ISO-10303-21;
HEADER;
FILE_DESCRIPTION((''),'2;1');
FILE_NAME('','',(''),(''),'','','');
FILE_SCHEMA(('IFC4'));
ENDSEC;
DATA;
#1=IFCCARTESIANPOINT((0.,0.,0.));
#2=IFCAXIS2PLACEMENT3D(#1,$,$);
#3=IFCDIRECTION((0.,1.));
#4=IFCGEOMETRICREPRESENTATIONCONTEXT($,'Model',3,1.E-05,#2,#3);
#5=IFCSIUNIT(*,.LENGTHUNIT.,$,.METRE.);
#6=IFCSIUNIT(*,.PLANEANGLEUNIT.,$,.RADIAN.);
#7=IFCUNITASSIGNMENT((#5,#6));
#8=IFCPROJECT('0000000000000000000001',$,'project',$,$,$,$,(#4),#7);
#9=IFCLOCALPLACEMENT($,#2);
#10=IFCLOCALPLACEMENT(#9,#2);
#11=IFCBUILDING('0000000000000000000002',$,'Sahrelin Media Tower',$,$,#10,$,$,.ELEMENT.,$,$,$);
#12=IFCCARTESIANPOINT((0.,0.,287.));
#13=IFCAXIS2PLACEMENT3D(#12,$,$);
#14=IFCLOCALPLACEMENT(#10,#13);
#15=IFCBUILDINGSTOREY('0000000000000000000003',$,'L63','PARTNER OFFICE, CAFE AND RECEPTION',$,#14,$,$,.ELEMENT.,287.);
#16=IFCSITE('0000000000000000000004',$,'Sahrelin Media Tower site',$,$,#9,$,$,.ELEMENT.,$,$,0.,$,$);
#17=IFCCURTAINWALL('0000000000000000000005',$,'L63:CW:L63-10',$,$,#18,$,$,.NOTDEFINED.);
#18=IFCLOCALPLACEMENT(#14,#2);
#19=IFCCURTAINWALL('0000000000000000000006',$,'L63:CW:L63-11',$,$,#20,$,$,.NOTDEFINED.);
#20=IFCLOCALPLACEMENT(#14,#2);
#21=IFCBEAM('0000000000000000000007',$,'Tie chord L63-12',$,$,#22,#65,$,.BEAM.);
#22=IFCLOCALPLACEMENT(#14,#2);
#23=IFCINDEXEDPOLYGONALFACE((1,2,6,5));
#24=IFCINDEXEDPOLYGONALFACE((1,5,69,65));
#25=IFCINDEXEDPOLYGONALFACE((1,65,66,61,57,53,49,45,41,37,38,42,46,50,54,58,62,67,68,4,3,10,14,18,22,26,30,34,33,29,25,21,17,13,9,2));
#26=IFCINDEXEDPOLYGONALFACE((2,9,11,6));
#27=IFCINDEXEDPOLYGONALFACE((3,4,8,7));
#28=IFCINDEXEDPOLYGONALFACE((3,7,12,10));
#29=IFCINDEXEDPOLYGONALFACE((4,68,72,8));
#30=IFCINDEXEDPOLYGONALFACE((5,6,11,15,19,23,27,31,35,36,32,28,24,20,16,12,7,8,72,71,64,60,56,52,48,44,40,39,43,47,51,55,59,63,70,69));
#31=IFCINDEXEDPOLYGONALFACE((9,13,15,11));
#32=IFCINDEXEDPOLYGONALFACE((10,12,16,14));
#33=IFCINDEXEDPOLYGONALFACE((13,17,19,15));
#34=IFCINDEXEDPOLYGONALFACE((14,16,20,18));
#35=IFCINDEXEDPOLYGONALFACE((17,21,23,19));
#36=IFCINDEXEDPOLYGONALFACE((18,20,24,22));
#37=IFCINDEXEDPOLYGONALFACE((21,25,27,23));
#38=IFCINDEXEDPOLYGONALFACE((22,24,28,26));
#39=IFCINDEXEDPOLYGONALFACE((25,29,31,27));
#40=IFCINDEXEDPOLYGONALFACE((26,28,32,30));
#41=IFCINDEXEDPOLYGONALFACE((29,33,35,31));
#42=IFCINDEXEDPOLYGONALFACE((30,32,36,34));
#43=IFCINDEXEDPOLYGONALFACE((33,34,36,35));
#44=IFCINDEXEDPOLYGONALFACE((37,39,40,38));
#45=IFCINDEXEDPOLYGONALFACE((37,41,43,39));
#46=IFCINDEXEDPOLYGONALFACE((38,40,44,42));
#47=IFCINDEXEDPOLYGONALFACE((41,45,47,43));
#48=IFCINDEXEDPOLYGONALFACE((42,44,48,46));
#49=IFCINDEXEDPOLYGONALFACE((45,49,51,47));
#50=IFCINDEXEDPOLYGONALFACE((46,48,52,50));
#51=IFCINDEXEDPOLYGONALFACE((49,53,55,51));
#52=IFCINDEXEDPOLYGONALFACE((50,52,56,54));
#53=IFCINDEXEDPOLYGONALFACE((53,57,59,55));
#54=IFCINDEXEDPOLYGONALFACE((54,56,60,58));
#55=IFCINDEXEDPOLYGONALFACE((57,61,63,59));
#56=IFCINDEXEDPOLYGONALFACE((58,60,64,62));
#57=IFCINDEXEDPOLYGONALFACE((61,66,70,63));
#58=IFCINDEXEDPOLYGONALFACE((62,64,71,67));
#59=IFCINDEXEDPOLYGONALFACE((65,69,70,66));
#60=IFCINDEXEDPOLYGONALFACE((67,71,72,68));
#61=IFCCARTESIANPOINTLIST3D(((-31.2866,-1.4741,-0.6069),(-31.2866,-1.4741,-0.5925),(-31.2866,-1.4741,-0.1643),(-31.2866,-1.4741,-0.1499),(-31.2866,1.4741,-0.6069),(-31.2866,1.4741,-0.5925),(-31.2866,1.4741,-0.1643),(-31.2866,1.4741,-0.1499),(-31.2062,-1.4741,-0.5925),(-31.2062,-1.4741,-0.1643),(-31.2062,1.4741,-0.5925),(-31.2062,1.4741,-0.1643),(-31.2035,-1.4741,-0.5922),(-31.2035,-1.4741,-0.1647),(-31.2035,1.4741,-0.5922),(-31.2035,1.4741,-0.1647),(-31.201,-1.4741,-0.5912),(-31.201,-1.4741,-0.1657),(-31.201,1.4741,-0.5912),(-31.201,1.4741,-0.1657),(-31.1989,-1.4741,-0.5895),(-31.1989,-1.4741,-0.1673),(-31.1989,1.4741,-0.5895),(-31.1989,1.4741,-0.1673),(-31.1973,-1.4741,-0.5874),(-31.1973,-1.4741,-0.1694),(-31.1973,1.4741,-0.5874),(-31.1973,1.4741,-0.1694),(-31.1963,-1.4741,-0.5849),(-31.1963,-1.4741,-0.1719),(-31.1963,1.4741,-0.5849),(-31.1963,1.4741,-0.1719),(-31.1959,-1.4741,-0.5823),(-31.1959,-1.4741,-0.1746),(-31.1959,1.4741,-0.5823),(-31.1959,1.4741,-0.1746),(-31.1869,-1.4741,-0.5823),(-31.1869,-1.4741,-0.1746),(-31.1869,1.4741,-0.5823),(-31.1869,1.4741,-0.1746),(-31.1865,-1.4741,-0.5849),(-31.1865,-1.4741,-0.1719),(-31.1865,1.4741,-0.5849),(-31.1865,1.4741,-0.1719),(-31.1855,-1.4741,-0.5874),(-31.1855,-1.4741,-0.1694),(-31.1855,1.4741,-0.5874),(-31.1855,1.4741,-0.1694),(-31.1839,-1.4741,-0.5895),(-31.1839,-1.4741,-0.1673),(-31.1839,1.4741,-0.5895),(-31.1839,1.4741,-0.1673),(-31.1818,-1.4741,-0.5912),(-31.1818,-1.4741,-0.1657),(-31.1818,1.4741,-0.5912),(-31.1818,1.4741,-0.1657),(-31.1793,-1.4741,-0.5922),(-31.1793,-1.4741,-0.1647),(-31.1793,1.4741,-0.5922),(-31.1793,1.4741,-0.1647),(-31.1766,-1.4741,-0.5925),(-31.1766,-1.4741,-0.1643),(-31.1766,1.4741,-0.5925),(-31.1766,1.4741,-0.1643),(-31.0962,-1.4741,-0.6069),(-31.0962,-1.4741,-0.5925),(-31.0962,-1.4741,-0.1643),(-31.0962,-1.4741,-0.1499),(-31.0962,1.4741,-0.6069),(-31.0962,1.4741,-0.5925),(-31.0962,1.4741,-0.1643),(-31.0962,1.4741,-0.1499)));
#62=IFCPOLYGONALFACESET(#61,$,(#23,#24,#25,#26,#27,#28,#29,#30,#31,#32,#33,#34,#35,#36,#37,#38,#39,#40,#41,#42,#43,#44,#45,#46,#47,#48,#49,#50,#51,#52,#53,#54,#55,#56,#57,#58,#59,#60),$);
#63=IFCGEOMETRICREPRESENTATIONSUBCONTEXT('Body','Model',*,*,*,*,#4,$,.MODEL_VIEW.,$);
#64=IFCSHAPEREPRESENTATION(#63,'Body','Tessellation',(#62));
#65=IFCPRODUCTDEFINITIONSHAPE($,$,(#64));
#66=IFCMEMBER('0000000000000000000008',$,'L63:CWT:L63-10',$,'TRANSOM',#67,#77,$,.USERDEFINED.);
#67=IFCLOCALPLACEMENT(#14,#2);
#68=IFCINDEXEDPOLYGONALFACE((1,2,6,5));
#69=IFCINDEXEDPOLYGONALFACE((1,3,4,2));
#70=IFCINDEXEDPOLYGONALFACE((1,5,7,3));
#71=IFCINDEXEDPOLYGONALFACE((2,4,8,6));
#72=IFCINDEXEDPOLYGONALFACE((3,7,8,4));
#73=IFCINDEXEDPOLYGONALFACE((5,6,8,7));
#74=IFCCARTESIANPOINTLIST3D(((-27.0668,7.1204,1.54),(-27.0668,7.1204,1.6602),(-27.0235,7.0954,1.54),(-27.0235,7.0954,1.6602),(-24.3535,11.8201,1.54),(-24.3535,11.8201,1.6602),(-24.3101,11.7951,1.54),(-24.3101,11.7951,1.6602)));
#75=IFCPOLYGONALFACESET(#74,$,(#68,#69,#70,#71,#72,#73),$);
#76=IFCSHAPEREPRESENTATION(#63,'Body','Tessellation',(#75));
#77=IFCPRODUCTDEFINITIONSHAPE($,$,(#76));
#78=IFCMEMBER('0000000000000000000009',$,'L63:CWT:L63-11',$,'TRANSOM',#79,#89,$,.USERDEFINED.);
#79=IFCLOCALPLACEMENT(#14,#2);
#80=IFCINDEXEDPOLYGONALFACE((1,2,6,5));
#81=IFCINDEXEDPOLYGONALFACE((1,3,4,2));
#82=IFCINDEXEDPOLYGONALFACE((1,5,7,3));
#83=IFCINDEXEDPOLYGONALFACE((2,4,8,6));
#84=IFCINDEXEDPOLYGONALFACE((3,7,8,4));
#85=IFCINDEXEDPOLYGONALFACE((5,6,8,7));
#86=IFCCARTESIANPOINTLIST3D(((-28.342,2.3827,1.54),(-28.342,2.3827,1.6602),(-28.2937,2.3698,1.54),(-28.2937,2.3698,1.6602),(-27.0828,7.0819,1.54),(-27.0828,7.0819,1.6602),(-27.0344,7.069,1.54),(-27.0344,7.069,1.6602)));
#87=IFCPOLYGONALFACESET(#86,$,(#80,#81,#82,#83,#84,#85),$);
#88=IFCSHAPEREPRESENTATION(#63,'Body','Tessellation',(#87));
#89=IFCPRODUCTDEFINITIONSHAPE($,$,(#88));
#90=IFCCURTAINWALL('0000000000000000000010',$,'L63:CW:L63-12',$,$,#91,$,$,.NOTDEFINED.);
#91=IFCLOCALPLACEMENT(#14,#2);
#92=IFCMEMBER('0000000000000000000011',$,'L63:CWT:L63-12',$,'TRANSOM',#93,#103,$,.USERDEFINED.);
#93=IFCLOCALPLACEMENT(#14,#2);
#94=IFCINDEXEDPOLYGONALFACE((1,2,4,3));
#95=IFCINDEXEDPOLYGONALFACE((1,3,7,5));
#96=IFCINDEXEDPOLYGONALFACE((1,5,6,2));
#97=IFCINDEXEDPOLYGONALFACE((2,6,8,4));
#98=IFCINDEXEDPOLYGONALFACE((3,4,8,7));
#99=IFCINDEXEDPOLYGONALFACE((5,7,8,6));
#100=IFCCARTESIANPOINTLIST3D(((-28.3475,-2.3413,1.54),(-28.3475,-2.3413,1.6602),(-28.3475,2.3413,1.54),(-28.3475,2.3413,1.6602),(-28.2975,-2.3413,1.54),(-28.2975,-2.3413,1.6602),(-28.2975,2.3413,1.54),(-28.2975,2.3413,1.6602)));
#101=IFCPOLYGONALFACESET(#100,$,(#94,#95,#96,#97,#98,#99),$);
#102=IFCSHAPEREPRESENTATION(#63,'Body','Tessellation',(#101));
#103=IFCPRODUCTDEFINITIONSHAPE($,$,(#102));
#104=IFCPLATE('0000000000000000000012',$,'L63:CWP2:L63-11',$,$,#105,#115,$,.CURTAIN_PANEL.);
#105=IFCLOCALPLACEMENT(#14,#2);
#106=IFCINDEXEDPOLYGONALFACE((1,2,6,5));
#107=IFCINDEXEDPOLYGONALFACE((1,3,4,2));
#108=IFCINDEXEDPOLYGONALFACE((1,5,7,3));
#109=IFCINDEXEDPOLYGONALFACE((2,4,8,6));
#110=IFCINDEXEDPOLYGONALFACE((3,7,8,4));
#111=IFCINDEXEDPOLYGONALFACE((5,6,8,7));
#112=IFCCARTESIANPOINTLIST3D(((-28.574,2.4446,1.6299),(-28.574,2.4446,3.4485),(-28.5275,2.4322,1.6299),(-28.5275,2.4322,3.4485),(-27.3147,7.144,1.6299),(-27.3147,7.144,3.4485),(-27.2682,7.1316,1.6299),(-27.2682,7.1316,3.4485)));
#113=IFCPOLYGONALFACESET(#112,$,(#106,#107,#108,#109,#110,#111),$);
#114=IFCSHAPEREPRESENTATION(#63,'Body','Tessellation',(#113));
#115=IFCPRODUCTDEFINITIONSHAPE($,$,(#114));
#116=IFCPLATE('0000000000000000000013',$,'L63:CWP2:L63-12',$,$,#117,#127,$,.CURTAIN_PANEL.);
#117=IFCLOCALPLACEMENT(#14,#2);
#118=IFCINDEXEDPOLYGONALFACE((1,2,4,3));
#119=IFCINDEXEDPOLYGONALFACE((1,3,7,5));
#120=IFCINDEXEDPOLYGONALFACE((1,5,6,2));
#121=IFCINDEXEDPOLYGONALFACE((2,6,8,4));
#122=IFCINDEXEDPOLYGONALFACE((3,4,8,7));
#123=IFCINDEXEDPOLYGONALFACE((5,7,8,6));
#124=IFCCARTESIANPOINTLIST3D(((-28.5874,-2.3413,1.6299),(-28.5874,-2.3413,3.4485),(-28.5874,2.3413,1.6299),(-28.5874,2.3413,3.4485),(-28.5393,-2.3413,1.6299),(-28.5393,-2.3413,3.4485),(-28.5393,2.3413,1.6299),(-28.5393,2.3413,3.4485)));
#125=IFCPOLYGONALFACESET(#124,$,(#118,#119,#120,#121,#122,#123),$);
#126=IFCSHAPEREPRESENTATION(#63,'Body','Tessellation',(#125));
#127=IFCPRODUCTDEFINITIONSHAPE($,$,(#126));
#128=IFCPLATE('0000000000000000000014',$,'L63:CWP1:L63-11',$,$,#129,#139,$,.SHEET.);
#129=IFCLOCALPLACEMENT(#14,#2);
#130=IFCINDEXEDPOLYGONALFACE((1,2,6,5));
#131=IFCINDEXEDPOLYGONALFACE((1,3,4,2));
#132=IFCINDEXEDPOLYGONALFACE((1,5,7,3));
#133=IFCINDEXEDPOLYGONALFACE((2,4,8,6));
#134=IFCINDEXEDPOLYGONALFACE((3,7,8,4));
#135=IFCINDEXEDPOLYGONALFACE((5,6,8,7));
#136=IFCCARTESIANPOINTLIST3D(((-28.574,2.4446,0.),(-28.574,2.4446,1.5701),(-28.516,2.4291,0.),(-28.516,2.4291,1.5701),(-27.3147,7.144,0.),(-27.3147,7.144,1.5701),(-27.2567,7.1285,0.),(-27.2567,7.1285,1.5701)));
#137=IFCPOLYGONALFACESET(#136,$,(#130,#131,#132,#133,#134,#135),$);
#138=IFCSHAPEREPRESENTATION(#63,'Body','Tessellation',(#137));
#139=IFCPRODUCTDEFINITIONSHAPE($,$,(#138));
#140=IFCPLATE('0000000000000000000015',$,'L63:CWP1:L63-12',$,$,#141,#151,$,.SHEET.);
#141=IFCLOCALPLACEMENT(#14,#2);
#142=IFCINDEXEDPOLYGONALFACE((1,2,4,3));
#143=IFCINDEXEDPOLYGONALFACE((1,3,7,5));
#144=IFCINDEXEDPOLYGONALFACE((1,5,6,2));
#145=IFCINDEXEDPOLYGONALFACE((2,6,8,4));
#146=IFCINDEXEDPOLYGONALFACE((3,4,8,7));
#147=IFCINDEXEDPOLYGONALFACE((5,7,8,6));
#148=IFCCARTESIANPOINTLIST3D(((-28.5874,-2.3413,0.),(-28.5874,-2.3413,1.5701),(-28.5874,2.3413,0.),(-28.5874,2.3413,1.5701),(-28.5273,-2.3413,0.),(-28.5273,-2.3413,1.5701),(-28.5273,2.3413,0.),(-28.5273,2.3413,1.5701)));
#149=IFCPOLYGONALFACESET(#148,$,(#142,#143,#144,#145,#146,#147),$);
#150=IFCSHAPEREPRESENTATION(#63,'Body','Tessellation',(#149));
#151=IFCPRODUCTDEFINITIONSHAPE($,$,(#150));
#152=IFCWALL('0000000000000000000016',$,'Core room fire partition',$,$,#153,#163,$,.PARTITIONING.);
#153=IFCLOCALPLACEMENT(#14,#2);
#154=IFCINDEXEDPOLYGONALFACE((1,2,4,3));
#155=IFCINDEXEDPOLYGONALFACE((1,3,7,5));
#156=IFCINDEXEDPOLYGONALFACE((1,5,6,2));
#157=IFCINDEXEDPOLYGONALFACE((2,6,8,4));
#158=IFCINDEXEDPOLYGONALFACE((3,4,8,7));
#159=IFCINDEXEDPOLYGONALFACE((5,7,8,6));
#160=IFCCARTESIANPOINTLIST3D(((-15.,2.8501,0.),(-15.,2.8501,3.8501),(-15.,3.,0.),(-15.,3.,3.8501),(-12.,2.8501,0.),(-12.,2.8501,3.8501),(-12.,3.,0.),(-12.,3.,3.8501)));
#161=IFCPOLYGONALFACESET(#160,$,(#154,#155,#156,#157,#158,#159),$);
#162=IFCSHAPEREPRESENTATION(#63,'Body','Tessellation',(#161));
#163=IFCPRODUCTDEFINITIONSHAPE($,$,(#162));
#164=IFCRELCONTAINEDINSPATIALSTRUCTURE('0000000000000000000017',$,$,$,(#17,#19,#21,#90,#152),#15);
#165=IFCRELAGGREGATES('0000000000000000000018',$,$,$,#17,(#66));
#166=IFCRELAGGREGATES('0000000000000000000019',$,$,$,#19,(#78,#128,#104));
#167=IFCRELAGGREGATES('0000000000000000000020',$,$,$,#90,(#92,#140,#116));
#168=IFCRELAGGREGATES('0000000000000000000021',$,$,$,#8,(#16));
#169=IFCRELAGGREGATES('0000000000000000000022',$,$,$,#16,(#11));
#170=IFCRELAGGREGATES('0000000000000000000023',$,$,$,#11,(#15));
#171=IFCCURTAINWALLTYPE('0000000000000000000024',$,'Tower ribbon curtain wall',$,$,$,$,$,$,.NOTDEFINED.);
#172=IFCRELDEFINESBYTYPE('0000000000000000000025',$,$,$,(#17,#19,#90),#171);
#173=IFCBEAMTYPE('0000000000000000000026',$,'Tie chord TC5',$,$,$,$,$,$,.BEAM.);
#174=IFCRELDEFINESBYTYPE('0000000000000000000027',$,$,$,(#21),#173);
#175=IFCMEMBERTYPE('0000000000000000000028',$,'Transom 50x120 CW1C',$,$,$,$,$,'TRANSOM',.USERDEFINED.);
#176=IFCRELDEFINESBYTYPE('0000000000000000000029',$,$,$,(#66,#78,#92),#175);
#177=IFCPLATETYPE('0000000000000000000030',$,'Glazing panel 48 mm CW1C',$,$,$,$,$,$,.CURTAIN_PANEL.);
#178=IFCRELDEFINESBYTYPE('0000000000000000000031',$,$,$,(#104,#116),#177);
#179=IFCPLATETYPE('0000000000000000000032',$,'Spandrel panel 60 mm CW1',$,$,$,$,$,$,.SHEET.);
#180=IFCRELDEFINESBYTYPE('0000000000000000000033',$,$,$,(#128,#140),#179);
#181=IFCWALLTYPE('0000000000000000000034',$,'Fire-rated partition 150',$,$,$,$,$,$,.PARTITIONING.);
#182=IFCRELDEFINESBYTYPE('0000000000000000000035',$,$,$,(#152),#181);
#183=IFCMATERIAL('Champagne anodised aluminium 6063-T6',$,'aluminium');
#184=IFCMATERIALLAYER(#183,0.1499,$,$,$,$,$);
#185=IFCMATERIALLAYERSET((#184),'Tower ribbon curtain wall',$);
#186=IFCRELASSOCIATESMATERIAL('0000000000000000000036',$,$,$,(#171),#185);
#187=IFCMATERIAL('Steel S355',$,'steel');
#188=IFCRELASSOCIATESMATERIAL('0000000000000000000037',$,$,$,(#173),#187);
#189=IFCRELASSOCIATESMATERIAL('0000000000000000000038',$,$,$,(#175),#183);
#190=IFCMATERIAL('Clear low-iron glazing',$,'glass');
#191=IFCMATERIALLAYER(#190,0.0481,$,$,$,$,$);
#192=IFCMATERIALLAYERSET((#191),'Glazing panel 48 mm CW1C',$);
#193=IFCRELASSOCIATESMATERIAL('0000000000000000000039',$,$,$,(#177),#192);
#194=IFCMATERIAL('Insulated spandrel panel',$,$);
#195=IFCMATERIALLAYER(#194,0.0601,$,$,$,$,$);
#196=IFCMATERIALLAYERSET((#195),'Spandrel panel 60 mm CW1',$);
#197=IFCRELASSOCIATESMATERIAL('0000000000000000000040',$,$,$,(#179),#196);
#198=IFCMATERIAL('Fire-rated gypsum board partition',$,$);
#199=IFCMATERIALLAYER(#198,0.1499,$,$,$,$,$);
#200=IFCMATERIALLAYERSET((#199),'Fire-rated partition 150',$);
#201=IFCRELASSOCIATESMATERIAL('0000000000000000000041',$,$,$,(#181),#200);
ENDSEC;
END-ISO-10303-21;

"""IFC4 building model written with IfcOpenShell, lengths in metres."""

from ifc_helpers import new_model, si_unit, direction, frame, frame_2d, origin, origin_2d, place, context, subcontext, project, spatial, polyline, rectangle, i_section, outline, extrude, material, layer, layer_set, material_profile, profile_set, type_object, element, aggregate, save


model = new_model("IFC4")

# Units and contexts
model_context = context("Model", 3, precision=1e-05, world=origin(), true_north=direction((0.0, 1.0)))
body_context = subcontext(model_context, "Body", "Model", "MODEL_VIEW")
ifc_project = project(units=[si_unit("LENGTHUNIT", "METRE"), si_unit("PLANEANGLEUNIT", "RADIAN")], contexts=[model_context])

# Site, building, storey
site_placement = place(None, origin())
site = spatial("IfcSite", under=ifc_project, at=site_placement, Name="Sahrelin Media Tower site", CompositionType="ELEMENT", RefElevation=0.0)
building_placement = place(site_placement, origin())
building = spatial("IfcBuilding", under=site, at=building_placement, Name="Sahrelin Media Tower", CompositionType="ELEMENT")
storey_placement = place(building_placement, frame((0.0, 0.0, 287.0)))
storey = spatial("IfcBuildingStorey", under=building, at=storey_placement, Name="L63", Description="PARTNER OFFICE, CAFE AND RECEPTION", CompositionType="ELEMENT", Elevation=287.0)

# Shared definitions
ifc_material_1 = material(Name="Steel S355", Category="steel")

# Curtain walls
ifc_material_2 = material(Name="Champagne anodised aluminium 6063-T6", Category="aluminium")
ifc_layer_1 = layer(ifc_material_2, 0.1499)
ifc_layer_set_1 = layer_set([ifc_layer_1], Name="Tower ribbon curtain wall")
curtain_wall_type = type_object("IfcCurtainWallType", Name="Tower ribbon curtain wall", PredefinedType="NOTDEFINED", material=ifc_layer_set_1)
curtain_wall_1_placement = place(storey_placement, frame((-25.9009, 9.5803, 0.0), z_axis=(0.0, 0.0, 1.0), x_axis=(1.0, 0.0, 0.0)))
curtain_wall_1 = element("IfcCurtainWall", 1, at=curtain_wall_1_placement, inside=storey, type_object=curtain_wall_type, Name="L63:CW:L63-10", PredefinedType="NOTDEFINED")
curtain_wall_2_placement = place(storey_placement, frame((-27.9248, 4.7893, 0.0), z_axis=(0.0, 0.0, 1.0), x_axis=(1.0, 0.0, 0.0)))
curtain_wall_2 = element("IfcCurtainWall", 2, at=curtain_wall_2_placement, inside=storey, type_object=curtain_wall_type, Name="L63:CW:L63-11", PredefinedType="NOTDEFINED")

# Beam
ifc_material_profile_1 = material_profile(ifc_material_1, i_section(OverallWidth=0.1904, OverallDepth=0.457, WebThickness=0.009, FlangeThickness=0.0144, FilletRadius=0.0103, at=origin_2d()), Name="UB 457x191x74")
ifc_profile_set_1 = profile_set([ifc_material_profile_1], Name="Steel S355")
beam_type_1 = type_object("IfcBeamType", Name="Tie chord TC5", PredefinedType="BEAM", material=ifc_profile_set_1)
beam_1_placement = place(storey_placement, frame((-31.1914, 1.4741, -0.3784), z_axis=(0.0, -1.0, 0.0), x_axis=(1.0, 0.0, 0.0)))
element("IfcBeam", 3, at=beam_1_placement, inside=storey, type_object=beam_type_1, Name="Tie chord L63-12", PredefinedType="BEAM", context=body_context, shape_type="SweptSolid", body=[
    extrude(i_section(OverallWidth=0.1904, OverallDepth=0.457, WebThickness=0.009, FlangeThickness=0.0144, FilletRadius=0.0103, at=origin_2d()), origin(), (0.0, 0.0, 1.0), 2.9482),
])

# Members
ifc_material_profile_2 = material_profile(ifc_material_2, rectangle(XDim=0.05, YDim=0.1201, at=origin_2d()), Name="Transom 50x120")
ifc_profile_set_2 = profile_set([ifc_material_profile_2], Name="Champagne anodised aluminium 6063-T6")
member_type_1 = type_object("IfcMemberType", Name="Transom 50x120 CW1C", ElementType="TRANSOM", PredefinedType="USERDEFINED", material=ifc_profile_set_2)
member_1_placement = place(storey_placement, frame((-24.3318, 11.8076, 1.6001), z_axis=(-0.5, -0.866025, 0.0), x_axis=(0.866025, -0.5, 0.0)))
member_1 = element("IfcMember", 4, at=member_1_placement, type_object=member_type_1, Name="L63:CWT:L63-10", ObjectType="TRANSOM", PredefinedType="USERDEFINED", context=body_context, shape_type="SweptSolid", body=[
    extrude(rectangle(XDim=0.05, YDim=0.1201, at=origin_2d()), origin(), (0.0, 0.0, 1.0), 5.4268),
])
aggregate(curtain_wall_1, [member_1])
member_2_placement = place(storey_placement, frame((-27.0586, 7.0754, 1.6001), z_axis=(-0.258843, -0.965919, 0.0), x_axis=(0.965919, -0.258843, 0.0)))
member_2 = element("IfcMember", 5, at=member_2_placement, type_object=member_type_1, Name="L63:CWT:L63-11", ObjectType="TRANSOM", PredefinedType="USERDEFINED", context=body_context, shape_type="SweptSolid", body=[
    extrude(rectangle(XDim=0.05, YDim=0.1201, at=origin_2d()), origin(), (0.0, 0.0, 1.0), 4.865),
])

# Curtain wall, member
curtain_wall_3_placement = place(storey_placement, frame((-28.5674, 0.0, 0.0), z_axis=(0.0, 0.0, 1.0), x_axis=(1.0, 0.0, 0.0)))
curtain_wall_3 = element("IfcCurtainWall", 6, at=curtain_wall_3_placement, inside=storey, type_object=curtain_wall_type, Name="L63:CW:L63-12", PredefinedType="NOTDEFINED")
member_3_placement = place(storey_placement, frame((-28.3225, 2.3413, 1.6001), z_axis=(0.0, -1.0, 0.0), x_axis=(1.0, 0.0, 0.0)))
member_3 = element("IfcMember", 7, at=member_3_placement, type_object=member_type_1, Name="L63:CWT:L63-12", ObjectType="TRANSOM", PredefinedType="USERDEFINED", context=body_context, shape_type="SweptSolid", body=[
    extrude(rectangle(XDim=0.05, YDim=0.1201, at=origin_2d()), origin(), (0.0, 0.0, 1.0), 4.6826),
])

# Plates
ifc_material_3 = material(Name="Clear low-iron glazing", Category="glass")
ifc_layer_2 = layer(ifc_material_3, 0.0481)
ifc_layer_set_2 = layer_set([ifc_layer_2], Name="Glazing panel 48 mm CW1C")
plate_type_1 = type_object("IfcPlateType", Name="Glazing panel 48 mm CW1C", PredefinedType="CURTAIN_PANEL", material=ifc_layer_set_2)
plate_1_placement = place(storey_placement, frame((-27.3147, 7.144, 1.6299), z_axis=(-0.965923, 0.258831, 0.0), x_axis=(-0.258831, -0.965923, 0.0)))
plate_1 = element("IfcPlate", 8, at=plate_1_placement, type_object=plate_type_1, Name="L63:CWP2:L63-11", PredefinedType="CURTAIN_PANEL", context=body_context, shape_type="SweptSolid", body=[
    extrude(outline(polyline([(0.0, 0.0), (4.8652, 0.0), (4.8652, 1.8186), (0.0, 1.8186), (0.0, 0.0)])), origin(), (0.0, 0.0, -1.0), 0.0481),
])
plate_2_placement = place(storey_placement, frame((-28.5874, 2.3413, 1.6299), z_axis=(-1.0, 0.0, 0.0), x_axis=(0.0, -1.0, 0.0)))
plate_2 = element("IfcPlate", 9, at=plate_2_placement, type_object=plate_type_1, Name="L63:CWP2:L63-12", PredefinedType="CURTAIN_PANEL", context=body_context, shape_type="SweptSolid", body=[
    extrude(outline(polyline([(0.0, 0.0), (4.6826, 0.0), (4.6826, 1.8186), (0.0, 1.8186), (0.0, 0.0)])), origin(), (0.0, 0.0, -1.0), 0.0481),
])
ifc_material_4 = material(Name="Insulated spandrel panel")
ifc_layer_3 = layer(ifc_material_4, 0.0601)
ifc_layer_set_3 = layer_set([ifc_layer_3], Name="Spandrel panel 60 mm CW1")
plate_type_2 = type_object("IfcPlateType", Name="Spandrel panel 60 mm CW1", PredefinedType="SHEET", material=ifc_layer_set_3)
plate_3_placement = place(storey_placement, frame((-27.3147, 7.144, 0.0), z_axis=(-0.965923, 0.258831, 0.0), x_axis=(-0.258831, -0.965923, 0.0)))
plate_3 = element("IfcPlate", 10, at=plate_3_placement, type_object=plate_type_2, Name="L63:CWP1:L63-11", PredefinedType="SHEET", context=body_context, shape_type="SweptSolid", body=[
    extrude(outline(polyline([(0.0, 0.0), (4.8652, 0.0), (4.8652, 1.5701), (0.0, 1.5701), (0.0, 0.0)])), origin(), (0.0, 0.0, -1.0), 0.0601),
])
aggregate(curtain_wall_2, [member_2, plate_3, plate_1])
plate_4_placement = place(storey_placement, frame((-28.5874, 2.3413, 0.0), z_axis=(-1.0, 0.0, 0.0), x_axis=(0.0, -1.0, 0.0)))
plate_4 = element("IfcPlate", 11, at=plate_4_placement, type_object=plate_type_2, Name="L63:CWP1:L63-12", PredefinedType="SHEET", context=body_context, shape_type="SweptSolid", body=[
    extrude(outline(polyline([(0.0, 0.0), (4.6826, 0.0), (4.6826, 1.5701), (0.0, 1.5701), (0.0, 0.0)])), origin(), (0.0, 0.0, -1.0), 0.0601),
])
aggregate(curtain_wall_3, [member_3, plate_4, plate_2])

# Wall
ifc_material_5 = material(Name="Fire-rated gypsum board partition")
ifc_layer_4 = layer(ifc_material_5, 0.1499)
ifc_layer_set_4 = layer_set([ifc_layer_4], Name="Fire-rated partition 150")
wall_type_1 = type_object("IfcWallType", Name="Fire-rated partition 150", PredefinedType="PARTITIONING", material=ifc_layer_set_4)
wall_1_placement = place(storey_placement, frame((-15.0, 2.925, 0.0), z_axis=(0.0, 0.0, 1.0), x_axis=(1.0, 0.0, 0.0)))
element("IfcWall", 12, at=wall_1_placement, inside=storey, type_object=wall_type_1, Name="Core room fire partition", PredefinedType="PARTITIONING", context=body_context, shape_type="SweptSolid", body=[
    extrude(rectangle(XDim=3.0, YDim=0.1499, at=frame_2d((1.5, 0.0))), origin(), (0.0, 0.0, 1.0), 3.8501),
])

save(model, "model.ifc")
